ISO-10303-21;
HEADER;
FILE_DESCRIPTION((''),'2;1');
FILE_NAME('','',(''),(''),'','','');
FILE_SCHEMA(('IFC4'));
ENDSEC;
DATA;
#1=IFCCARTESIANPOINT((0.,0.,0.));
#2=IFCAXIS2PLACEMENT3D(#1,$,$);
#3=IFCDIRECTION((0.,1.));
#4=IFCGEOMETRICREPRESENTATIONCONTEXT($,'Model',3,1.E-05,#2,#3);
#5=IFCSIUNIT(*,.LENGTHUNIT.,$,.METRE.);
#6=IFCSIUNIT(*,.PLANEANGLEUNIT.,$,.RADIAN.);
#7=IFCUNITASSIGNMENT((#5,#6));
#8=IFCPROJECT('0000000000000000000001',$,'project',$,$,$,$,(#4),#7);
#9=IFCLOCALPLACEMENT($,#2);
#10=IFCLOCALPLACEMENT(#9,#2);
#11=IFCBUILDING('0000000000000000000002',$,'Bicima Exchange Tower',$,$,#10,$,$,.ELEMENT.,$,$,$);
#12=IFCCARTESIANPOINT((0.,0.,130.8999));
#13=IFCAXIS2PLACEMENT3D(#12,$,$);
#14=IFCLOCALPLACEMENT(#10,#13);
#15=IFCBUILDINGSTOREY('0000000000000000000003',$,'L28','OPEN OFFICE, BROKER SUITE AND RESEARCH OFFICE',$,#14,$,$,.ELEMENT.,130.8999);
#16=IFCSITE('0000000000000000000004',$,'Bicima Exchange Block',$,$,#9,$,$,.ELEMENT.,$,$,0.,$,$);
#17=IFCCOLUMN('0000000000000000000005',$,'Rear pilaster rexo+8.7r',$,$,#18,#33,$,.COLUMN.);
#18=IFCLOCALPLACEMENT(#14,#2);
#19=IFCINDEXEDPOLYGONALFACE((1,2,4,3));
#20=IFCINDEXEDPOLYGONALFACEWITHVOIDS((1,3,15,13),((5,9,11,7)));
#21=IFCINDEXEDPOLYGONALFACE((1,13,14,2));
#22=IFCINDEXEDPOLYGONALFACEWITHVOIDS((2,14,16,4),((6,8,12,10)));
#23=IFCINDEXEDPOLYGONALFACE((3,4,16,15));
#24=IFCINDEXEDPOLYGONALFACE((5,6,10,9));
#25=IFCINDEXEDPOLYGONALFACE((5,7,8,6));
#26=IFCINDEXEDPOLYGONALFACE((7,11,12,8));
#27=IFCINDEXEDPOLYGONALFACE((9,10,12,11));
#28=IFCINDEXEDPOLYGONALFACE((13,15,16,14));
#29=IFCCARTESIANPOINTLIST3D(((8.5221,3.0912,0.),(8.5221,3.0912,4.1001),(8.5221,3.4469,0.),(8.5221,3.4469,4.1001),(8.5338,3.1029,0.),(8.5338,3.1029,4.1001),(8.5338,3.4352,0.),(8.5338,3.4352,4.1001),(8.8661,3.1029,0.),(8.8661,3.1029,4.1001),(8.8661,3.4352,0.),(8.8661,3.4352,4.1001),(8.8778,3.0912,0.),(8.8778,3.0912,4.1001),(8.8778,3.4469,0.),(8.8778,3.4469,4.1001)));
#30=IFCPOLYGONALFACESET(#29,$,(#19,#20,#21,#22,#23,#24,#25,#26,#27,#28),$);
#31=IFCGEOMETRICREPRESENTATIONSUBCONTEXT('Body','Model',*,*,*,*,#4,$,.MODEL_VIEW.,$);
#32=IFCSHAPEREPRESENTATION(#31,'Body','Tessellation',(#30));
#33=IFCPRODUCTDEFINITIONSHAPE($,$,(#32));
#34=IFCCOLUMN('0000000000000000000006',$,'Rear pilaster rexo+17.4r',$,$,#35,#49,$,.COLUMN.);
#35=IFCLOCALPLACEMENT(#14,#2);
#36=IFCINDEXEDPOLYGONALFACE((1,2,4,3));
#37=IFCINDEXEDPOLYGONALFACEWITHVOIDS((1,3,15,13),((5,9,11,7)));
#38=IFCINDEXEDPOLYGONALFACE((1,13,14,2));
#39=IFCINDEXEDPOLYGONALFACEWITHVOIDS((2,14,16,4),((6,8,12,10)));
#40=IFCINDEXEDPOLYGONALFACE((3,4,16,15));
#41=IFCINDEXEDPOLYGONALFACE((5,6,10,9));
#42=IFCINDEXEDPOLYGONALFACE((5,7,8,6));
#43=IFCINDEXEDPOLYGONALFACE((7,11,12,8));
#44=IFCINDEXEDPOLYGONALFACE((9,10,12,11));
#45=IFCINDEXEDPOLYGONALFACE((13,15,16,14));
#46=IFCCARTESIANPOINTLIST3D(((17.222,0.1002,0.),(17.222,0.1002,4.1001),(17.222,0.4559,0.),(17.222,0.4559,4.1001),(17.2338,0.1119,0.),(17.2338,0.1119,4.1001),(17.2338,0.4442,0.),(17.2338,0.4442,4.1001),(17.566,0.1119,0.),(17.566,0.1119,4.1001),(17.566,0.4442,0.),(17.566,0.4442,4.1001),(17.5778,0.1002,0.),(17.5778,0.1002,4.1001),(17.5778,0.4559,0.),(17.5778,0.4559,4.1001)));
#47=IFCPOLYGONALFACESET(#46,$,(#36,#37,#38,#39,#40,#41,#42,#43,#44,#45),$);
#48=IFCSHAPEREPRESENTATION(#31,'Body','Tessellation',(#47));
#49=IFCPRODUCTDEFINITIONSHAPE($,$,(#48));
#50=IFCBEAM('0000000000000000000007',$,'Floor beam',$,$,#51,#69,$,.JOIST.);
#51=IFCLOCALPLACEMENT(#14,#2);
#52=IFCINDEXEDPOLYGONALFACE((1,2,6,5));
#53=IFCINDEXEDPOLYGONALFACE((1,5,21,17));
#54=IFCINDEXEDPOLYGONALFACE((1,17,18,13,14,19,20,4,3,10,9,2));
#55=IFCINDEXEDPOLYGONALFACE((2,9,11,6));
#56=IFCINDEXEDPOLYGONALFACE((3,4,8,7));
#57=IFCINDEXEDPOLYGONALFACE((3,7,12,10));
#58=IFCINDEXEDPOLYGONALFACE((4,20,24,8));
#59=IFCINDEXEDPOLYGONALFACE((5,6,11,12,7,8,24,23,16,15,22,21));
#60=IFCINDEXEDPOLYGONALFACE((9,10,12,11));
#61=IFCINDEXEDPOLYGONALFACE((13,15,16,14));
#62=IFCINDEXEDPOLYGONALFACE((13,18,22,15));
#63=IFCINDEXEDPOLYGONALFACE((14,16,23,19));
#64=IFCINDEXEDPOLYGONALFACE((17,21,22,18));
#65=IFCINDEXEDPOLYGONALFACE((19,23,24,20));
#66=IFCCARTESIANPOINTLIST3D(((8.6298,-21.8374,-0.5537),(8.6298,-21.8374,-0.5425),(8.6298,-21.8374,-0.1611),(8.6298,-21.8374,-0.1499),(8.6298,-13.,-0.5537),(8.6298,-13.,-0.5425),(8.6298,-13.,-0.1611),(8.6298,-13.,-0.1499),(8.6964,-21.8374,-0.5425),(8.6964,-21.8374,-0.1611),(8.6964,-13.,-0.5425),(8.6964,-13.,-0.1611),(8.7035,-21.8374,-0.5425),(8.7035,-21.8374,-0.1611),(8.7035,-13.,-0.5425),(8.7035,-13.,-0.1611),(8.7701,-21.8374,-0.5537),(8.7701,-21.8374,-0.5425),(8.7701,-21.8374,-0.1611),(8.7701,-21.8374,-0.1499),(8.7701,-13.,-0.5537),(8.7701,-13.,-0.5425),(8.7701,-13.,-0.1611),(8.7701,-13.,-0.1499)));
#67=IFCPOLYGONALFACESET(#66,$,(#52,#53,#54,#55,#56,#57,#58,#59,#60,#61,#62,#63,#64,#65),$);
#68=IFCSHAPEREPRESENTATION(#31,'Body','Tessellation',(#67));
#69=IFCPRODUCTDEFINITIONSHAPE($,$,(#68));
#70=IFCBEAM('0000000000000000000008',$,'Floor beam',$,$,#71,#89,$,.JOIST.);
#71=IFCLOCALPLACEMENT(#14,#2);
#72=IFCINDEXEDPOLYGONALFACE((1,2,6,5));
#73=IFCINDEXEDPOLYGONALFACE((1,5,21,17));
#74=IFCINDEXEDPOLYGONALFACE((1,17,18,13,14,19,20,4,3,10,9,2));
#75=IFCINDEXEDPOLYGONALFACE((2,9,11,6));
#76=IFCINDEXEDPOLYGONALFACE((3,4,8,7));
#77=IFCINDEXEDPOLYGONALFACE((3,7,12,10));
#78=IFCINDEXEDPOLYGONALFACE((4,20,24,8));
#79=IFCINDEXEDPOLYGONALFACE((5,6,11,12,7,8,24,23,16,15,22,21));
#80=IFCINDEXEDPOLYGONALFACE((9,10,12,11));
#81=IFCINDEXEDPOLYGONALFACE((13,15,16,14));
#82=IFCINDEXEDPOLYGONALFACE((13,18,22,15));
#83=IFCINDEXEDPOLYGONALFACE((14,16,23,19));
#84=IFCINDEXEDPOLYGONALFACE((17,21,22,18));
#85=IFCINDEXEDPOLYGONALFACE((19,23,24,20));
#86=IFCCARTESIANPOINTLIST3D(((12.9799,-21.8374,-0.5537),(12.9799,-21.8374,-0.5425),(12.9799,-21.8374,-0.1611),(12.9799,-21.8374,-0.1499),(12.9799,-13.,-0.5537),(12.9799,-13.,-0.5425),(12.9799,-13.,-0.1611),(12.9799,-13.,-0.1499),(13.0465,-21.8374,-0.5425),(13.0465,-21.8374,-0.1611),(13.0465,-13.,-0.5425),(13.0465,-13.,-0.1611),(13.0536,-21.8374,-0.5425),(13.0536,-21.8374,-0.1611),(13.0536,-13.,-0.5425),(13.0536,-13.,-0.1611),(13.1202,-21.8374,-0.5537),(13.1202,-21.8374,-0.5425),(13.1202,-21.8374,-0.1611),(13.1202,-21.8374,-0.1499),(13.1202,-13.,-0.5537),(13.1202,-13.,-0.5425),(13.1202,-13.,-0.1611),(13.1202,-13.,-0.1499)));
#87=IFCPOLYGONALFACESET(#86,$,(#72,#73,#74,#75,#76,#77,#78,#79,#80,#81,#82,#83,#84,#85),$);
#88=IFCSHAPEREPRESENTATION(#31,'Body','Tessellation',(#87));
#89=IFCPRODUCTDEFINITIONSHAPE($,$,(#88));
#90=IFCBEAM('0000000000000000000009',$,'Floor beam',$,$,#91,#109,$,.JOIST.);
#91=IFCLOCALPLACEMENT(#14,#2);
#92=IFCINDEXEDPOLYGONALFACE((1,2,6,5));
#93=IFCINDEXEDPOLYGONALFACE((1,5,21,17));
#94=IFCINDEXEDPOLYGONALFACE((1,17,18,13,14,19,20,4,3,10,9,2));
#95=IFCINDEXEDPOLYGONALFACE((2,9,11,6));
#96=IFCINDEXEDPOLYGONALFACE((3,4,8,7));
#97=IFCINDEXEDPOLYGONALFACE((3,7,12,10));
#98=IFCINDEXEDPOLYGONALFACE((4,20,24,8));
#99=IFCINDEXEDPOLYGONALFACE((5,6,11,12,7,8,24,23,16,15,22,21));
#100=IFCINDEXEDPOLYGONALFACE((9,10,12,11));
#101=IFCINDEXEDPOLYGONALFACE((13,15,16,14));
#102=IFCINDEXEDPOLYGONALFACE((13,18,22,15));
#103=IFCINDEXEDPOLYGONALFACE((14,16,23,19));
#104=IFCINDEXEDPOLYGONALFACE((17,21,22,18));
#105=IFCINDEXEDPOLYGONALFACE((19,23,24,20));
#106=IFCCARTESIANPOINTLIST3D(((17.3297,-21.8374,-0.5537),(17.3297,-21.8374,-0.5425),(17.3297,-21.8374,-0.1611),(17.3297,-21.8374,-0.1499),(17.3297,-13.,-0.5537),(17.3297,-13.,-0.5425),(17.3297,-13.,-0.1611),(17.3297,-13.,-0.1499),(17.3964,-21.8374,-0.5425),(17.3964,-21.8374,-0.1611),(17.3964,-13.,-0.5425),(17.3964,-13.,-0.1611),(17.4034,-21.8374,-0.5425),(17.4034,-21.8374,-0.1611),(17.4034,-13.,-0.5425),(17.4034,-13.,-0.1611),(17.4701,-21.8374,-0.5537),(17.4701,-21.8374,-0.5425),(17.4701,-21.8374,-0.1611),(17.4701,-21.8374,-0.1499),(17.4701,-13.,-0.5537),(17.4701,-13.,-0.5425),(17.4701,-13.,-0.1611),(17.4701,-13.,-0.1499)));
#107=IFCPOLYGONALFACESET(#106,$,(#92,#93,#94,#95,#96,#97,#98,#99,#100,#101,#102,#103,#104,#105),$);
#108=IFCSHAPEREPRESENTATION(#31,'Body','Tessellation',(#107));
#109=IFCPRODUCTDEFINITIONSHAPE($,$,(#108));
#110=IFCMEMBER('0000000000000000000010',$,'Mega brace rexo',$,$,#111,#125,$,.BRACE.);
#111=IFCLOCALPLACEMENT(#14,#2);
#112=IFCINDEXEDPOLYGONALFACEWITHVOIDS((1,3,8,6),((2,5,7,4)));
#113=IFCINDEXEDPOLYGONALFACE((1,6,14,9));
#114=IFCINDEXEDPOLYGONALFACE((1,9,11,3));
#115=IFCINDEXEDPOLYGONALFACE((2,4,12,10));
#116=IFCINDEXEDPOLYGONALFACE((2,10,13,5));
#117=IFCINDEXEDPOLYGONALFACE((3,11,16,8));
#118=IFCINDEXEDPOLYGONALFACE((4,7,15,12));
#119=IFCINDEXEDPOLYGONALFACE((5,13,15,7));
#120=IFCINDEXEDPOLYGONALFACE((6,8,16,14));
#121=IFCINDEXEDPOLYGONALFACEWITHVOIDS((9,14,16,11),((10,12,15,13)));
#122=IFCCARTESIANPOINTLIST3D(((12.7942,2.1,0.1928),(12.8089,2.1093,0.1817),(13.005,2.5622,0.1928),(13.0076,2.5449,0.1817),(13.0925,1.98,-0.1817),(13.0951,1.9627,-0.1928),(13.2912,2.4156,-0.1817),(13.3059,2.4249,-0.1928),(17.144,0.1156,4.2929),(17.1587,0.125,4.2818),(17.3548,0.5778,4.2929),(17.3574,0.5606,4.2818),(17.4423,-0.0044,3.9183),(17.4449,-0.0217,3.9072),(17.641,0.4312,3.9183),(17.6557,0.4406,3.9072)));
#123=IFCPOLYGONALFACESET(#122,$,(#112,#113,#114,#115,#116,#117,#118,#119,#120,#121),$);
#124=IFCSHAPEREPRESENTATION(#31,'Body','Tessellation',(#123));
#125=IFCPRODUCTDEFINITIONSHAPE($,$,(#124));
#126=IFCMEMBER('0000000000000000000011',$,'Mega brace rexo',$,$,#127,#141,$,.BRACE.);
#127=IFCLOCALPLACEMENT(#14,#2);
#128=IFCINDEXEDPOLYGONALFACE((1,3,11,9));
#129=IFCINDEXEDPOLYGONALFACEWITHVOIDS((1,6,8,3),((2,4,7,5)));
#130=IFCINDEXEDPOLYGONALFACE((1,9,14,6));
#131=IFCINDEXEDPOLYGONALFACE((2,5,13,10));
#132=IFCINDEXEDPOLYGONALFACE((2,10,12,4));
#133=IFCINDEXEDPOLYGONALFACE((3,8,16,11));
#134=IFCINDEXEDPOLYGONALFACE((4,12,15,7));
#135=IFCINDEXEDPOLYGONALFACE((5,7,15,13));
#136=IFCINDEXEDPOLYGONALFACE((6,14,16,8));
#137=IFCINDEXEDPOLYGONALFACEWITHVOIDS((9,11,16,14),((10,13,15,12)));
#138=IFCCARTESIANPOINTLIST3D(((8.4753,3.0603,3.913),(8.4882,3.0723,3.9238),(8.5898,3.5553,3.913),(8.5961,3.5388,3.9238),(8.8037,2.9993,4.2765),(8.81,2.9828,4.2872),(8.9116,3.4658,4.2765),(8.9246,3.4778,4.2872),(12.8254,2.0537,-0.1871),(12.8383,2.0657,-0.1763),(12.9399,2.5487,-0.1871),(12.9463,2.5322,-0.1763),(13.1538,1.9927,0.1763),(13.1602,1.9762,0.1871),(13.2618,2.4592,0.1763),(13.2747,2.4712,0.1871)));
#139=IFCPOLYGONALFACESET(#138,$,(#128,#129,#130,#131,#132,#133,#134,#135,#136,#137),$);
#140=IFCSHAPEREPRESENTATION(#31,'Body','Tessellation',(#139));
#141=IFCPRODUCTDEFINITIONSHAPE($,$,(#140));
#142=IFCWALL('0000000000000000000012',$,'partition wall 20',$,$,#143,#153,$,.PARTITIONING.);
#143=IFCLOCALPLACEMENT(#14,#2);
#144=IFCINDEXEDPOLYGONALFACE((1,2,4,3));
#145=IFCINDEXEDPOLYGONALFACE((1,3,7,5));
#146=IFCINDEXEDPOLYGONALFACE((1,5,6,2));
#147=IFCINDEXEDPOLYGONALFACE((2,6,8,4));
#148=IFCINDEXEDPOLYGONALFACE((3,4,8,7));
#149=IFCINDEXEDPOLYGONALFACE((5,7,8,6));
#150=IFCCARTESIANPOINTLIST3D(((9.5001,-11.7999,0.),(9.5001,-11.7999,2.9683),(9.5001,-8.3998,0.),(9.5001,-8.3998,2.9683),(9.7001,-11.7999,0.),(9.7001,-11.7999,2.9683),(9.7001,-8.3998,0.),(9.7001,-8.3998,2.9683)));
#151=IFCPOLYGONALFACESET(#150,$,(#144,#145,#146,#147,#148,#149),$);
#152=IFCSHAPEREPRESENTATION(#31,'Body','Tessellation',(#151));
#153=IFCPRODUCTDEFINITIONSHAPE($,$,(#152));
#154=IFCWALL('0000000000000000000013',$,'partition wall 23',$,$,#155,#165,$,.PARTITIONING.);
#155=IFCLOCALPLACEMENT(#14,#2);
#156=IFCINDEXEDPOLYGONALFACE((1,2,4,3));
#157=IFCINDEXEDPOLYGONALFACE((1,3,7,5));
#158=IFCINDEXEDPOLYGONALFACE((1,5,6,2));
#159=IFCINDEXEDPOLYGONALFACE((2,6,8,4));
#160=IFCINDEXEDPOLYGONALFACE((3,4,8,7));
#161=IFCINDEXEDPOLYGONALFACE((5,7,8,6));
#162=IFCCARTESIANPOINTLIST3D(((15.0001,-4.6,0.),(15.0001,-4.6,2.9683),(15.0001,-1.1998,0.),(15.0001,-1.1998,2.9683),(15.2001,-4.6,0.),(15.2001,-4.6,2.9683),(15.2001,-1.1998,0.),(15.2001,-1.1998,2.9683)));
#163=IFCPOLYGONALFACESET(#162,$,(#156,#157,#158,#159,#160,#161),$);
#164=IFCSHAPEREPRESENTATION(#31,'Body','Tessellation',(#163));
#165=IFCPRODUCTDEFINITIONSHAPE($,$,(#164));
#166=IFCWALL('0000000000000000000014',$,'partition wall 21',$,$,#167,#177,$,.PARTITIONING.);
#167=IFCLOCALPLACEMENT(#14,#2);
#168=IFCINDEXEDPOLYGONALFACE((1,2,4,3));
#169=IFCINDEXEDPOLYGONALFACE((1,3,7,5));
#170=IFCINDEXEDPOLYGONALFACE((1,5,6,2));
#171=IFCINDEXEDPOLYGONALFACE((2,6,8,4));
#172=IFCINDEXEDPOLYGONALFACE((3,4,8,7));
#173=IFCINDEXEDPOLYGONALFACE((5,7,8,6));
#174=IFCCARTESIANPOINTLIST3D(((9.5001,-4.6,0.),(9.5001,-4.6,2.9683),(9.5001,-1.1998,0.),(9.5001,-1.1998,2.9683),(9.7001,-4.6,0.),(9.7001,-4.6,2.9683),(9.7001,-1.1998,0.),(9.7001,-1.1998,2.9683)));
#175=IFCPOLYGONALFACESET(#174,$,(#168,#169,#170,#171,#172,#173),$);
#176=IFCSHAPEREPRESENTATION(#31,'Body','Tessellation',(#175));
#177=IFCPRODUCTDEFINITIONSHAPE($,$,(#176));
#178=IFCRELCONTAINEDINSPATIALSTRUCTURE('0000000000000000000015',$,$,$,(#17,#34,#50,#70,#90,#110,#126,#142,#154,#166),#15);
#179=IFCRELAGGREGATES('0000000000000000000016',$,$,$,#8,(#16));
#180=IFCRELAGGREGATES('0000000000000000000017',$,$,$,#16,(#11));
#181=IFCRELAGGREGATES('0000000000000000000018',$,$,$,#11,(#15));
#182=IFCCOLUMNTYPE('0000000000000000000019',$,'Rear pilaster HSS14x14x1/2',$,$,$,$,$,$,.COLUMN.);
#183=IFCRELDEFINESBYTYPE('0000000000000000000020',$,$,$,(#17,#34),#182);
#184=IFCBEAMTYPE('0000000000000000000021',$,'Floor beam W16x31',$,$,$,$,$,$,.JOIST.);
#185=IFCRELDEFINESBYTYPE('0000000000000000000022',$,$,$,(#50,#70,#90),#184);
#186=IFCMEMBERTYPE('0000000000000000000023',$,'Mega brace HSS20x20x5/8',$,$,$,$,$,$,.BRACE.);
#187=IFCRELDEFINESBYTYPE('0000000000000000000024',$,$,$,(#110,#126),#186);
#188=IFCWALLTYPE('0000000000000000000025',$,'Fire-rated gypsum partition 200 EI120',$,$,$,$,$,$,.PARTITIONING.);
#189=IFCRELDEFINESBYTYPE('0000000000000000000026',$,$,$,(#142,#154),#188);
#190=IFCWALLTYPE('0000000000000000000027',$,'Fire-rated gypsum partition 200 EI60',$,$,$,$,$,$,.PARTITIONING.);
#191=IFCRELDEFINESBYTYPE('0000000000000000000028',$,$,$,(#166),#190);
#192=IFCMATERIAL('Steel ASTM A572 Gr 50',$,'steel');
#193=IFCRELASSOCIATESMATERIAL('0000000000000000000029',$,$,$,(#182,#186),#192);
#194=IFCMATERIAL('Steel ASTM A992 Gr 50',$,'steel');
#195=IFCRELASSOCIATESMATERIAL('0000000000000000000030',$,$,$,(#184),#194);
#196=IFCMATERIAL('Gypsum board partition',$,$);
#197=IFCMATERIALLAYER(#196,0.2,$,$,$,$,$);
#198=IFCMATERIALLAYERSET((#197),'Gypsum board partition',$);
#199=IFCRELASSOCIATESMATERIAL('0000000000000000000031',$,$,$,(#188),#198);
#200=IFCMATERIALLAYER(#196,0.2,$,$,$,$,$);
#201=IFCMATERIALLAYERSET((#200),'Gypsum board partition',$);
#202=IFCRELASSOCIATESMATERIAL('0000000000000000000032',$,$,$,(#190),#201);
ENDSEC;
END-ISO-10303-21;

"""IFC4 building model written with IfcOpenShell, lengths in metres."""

from ifc_helpers import new_model, si_unit, direction, frame, frame_2d, origin, origin_2d, place, context, subcontext, project, spatial, rectangle, hollow_rectangle, i_section, extrude, material, layer, layer_set, material_profile, profile_set, type_object, element, save


model = new_model("IFC4")

# Units and contexts
model_context = context("Model", 3, precision=1e-05, world=origin(), true_north=direction((0.0, 1.0)))
body_context = subcontext(model_context, "Body", "Model", "MODEL_VIEW")
ifc_project = project(units=[si_unit("LENGTHUNIT", "METRE"), si_unit("PLANEANGLEUNIT", "RADIAN")], contexts=[model_context])

# Site, building, storey
site_placement = place(None, origin())
site = spatial("IfcSite", under=ifc_project, at=site_placement, Name="Bicima Exchange Block", CompositionType="ELEMENT", RefElevation=0.0)
building_placement = place(site_placement, origin())
building = spatial("IfcBuilding", under=site, at=building_placement, Name="Bicima Exchange Tower", CompositionType="ELEMENT")
storey_placement = place(building_placement, frame((0.0, 0.0, 130.8999)))
storey = spatial("IfcBuildingStorey", under=building, at=storey_placement, Name="L28", Description="OPEN OFFICE, BROKER SUITE AND RESEARCH OFFICE", CompositionType="ELEMENT", Elevation=130.8999)

# Columns
ifc_material_1 = material(Name="Steel ASTM A572 Gr 50", Category="steel")
ifc_material_profile_1 = material_profile(ifc_material_1, hollow_rectangle(XDim=0.3557, YDim=0.3557, WallThickness=0.0117, at=origin_2d()))
ifc_profile_set_1 = profile_set([ifc_material_profile_1], Name="Steel ASTM A572 Gr 50")
column_type = type_object("IfcColumnType", Name="Rear pilaster HSS14x14x1/2", PredefinedType="COLUMN", material=ifc_profile_set_1)
for number, where, z_axis, x_axis, name in (
    (1, (8.7, 3.269, 0.0), (0.0, 0.0, 1.0), (1.0, 0.0, 0.0), "Rear pilaster rexo+8.7r"),
    (2, (17.3999, 0.2781, 0.0), (0.0, 0.0, 1.0), (1.0, 0.0, 0.0), "Rear pilaster rexo+17.4r"),
):
    element("IfcColumn", number, at=place(storey_placement, frame(where, z_axis=z_axis, x_axis=x_axis)), inside=storey, type_object=column_type, Name=name, PredefinedType="COLUMN", context=body_context, shape_type="SweptSolid", body=[
        extrude(hollow_rectangle(XDim=0.3557, YDim=0.3557, WallThickness=0.0117, at=origin_2d()), origin(), (0.0, 0.0, 1.0), 4.1001),
    ])

# Beams
ifc_material_2 = material(Name="Steel ASTM A992 Gr 50", Category="steel")
ifc_material_profile_2 = material_profile(ifc_material_2, i_section(OverallWidth=0.1404, OverallDepth=0.4038, WebThickness=0.0071, FlangeThickness=0.0112, at=origin_2d()))
ifc_profile_set_2 = profile_set([ifc_material_profile_2], Name="Steel ASTM A992 Gr 50")
beam_type = type_object("IfcBeamType", Name="Floor beam W16x31", PredefinedType="JOIST", material=ifc_profile_set_2)
for number, where, z_axis, x_axis, name in (
    (3, (8.7, -13.0, -0.3518), (0.0, -1.0, 0.0), (1.0, 0.0, 0.0), "Floor beam"),
    (4, (13.05, -13.0, -0.3518), (0.0, -1.0, 0.0), (1.0, 0.0, 0.0), "Floor beam"),
    (5, (17.3999, -13.0, -0.3518), (0.0, -1.0, 0.0), (1.0, 0.0, 0.0), "Floor beam"),
):
    element("IfcBeam", number, at=place(storey_placement, frame(where, z_axis=z_axis, x_axis=x_axis)), inside=storey, type_object=beam_type, Name=name, PredefinedType="JOIST", context=body_context, shape_type="SweptSolid", body=[
        extrude(i_section(OverallWidth=0.1404, OverallDepth=0.4038, WebThickness=0.0071, FlangeThickness=0.0112, at=origin_2d()), origin(), (0.0, 0.0, 1.0), 8.8374),
    ])

# Members
ifc_material_profile_3 = material_profile(ifc_material_1, hollow_rectangle(XDim=0.5081, YDim=0.5081, WallThickness=0.0146, at=origin_2d()))
ifc_profile_set_3 = profile_set([ifc_material_profile_3], Name="Steel ASTM A572 Gr 50")
member_type = type_object("IfcMemberType", Name="Mega brace HSS20x20x5/8", PredefinedType="BRACE", material=ifc_profile_set_3)
member_1_placement = place(storey_placement, frame((13.05, 2.2625, 0.0), z_axis=(0.690629, -0.31506, 0.650975), x_axis=(0.415045, 0.909801, 0.0)))
element("IfcMember", 6, at=member_1_placement, inside=storey, type_object=member_type, Name="Mega brace rexo", PredefinedType="BRACE", context=body_context, shape_type="SweptSolid", body=[
    extrude(hollow_rectangle(XDim=0.5081, YDim=0.5081, WallThickness=0.0146, at=origin_2d()), origin(), (0.0, 0.0, 1.0), 6.2983),
])
member_2_placement = place(storey_placement, frame((13.05, 2.2625, 0.0), z_axis=(-0.717606, 0.166051, 0.676365), x_axis=(-0.225439, -0.974257, 0.0)))
element("IfcMember", 7, at=member_2_placement, inside=storey, type_object=member_type, Name="Mega brace rexo", PredefinedType="BRACE", context=body_context, shape_type="SweptSolid", body=[
    extrude(hollow_rectangle(XDim=0.5081, YDim=0.5081, WallThickness=0.0146, at=origin_2d()), origin(), (0.0, 0.0, 1.0), 6.062),
])

# Walls
ifc_material_3 = material(Name="Gypsum board partition")
ifc_layer_1 = layer(ifc_material_3, 0.2)
ifc_layer_set_1 = layer_set([ifc_layer_1], Name="Gypsum board partition")
wall_type_1 = type_object("IfcWallType", Name="Fire-rated gypsum partition 200 EI120", PredefinedType="PARTITIONING", material=ifc_layer_set_1)
for number, where, z_axis, x_axis, name in (
    (8, (9.6001, -11.8, 0.0), (0.0, 0.0, 1.0), (0.0, 1.0, 0.0), "partition wall 20"),
    (9, (15.1001, -4.6001, 0.0), (0.0, 0.0, 1.0), (0.0, 1.0, 0.0), "partition wall 23"),
):
    element("IfcWall", number, at=place(storey_placement, frame(where, z_axis=z_axis, x_axis=x_axis)), inside=storey, type_object=wall_type_1, Name=name, PredefinedType="PARTITIONING", context=body_context, shape_type="SweptSolid", body=[
        extrude(rectangle(XDim=3.4001, YDim=0.2, at=frame_2d((1.7002, 0.0))), origin(), (0.0, 0.0, 1.0), 2.9683),
    ])
ifc_layer_2 = layer(ifc_material_3, 0.2)
ifc_layer_set_2 = layer_set([ifc_layer_2], Name="Gypsum board partition")
wall_type_2 = type_object("IfcWallType", Name="Fire-rated gypsum partition 200 EI60", PredefinedType="PARTITIONING", material=ifc_layer_set_2)
wall_1_placement = place(storey_placement, frame((9.6001, -4.6001, 0.0), z_axis=(0.0, 0.0, 1.0), x_axis=(0.0, 1.0, 0.0)))
element("IfcWall", 10, at=wall_1_placement, inside=storey, type_object=wall_type_2, Name="partition wall 21", PredefinedType="PARTITIONING", context=body_context, shape_type="SweptSolid", body=[
    extrude(rectangle(XDim=3.4001, YDim=0.2, at=frame_2d((1.7002, 0.0))), origin(), (0.0, 0.0, 1.0), 2.9683),
])

save(model, "model.ifc")
